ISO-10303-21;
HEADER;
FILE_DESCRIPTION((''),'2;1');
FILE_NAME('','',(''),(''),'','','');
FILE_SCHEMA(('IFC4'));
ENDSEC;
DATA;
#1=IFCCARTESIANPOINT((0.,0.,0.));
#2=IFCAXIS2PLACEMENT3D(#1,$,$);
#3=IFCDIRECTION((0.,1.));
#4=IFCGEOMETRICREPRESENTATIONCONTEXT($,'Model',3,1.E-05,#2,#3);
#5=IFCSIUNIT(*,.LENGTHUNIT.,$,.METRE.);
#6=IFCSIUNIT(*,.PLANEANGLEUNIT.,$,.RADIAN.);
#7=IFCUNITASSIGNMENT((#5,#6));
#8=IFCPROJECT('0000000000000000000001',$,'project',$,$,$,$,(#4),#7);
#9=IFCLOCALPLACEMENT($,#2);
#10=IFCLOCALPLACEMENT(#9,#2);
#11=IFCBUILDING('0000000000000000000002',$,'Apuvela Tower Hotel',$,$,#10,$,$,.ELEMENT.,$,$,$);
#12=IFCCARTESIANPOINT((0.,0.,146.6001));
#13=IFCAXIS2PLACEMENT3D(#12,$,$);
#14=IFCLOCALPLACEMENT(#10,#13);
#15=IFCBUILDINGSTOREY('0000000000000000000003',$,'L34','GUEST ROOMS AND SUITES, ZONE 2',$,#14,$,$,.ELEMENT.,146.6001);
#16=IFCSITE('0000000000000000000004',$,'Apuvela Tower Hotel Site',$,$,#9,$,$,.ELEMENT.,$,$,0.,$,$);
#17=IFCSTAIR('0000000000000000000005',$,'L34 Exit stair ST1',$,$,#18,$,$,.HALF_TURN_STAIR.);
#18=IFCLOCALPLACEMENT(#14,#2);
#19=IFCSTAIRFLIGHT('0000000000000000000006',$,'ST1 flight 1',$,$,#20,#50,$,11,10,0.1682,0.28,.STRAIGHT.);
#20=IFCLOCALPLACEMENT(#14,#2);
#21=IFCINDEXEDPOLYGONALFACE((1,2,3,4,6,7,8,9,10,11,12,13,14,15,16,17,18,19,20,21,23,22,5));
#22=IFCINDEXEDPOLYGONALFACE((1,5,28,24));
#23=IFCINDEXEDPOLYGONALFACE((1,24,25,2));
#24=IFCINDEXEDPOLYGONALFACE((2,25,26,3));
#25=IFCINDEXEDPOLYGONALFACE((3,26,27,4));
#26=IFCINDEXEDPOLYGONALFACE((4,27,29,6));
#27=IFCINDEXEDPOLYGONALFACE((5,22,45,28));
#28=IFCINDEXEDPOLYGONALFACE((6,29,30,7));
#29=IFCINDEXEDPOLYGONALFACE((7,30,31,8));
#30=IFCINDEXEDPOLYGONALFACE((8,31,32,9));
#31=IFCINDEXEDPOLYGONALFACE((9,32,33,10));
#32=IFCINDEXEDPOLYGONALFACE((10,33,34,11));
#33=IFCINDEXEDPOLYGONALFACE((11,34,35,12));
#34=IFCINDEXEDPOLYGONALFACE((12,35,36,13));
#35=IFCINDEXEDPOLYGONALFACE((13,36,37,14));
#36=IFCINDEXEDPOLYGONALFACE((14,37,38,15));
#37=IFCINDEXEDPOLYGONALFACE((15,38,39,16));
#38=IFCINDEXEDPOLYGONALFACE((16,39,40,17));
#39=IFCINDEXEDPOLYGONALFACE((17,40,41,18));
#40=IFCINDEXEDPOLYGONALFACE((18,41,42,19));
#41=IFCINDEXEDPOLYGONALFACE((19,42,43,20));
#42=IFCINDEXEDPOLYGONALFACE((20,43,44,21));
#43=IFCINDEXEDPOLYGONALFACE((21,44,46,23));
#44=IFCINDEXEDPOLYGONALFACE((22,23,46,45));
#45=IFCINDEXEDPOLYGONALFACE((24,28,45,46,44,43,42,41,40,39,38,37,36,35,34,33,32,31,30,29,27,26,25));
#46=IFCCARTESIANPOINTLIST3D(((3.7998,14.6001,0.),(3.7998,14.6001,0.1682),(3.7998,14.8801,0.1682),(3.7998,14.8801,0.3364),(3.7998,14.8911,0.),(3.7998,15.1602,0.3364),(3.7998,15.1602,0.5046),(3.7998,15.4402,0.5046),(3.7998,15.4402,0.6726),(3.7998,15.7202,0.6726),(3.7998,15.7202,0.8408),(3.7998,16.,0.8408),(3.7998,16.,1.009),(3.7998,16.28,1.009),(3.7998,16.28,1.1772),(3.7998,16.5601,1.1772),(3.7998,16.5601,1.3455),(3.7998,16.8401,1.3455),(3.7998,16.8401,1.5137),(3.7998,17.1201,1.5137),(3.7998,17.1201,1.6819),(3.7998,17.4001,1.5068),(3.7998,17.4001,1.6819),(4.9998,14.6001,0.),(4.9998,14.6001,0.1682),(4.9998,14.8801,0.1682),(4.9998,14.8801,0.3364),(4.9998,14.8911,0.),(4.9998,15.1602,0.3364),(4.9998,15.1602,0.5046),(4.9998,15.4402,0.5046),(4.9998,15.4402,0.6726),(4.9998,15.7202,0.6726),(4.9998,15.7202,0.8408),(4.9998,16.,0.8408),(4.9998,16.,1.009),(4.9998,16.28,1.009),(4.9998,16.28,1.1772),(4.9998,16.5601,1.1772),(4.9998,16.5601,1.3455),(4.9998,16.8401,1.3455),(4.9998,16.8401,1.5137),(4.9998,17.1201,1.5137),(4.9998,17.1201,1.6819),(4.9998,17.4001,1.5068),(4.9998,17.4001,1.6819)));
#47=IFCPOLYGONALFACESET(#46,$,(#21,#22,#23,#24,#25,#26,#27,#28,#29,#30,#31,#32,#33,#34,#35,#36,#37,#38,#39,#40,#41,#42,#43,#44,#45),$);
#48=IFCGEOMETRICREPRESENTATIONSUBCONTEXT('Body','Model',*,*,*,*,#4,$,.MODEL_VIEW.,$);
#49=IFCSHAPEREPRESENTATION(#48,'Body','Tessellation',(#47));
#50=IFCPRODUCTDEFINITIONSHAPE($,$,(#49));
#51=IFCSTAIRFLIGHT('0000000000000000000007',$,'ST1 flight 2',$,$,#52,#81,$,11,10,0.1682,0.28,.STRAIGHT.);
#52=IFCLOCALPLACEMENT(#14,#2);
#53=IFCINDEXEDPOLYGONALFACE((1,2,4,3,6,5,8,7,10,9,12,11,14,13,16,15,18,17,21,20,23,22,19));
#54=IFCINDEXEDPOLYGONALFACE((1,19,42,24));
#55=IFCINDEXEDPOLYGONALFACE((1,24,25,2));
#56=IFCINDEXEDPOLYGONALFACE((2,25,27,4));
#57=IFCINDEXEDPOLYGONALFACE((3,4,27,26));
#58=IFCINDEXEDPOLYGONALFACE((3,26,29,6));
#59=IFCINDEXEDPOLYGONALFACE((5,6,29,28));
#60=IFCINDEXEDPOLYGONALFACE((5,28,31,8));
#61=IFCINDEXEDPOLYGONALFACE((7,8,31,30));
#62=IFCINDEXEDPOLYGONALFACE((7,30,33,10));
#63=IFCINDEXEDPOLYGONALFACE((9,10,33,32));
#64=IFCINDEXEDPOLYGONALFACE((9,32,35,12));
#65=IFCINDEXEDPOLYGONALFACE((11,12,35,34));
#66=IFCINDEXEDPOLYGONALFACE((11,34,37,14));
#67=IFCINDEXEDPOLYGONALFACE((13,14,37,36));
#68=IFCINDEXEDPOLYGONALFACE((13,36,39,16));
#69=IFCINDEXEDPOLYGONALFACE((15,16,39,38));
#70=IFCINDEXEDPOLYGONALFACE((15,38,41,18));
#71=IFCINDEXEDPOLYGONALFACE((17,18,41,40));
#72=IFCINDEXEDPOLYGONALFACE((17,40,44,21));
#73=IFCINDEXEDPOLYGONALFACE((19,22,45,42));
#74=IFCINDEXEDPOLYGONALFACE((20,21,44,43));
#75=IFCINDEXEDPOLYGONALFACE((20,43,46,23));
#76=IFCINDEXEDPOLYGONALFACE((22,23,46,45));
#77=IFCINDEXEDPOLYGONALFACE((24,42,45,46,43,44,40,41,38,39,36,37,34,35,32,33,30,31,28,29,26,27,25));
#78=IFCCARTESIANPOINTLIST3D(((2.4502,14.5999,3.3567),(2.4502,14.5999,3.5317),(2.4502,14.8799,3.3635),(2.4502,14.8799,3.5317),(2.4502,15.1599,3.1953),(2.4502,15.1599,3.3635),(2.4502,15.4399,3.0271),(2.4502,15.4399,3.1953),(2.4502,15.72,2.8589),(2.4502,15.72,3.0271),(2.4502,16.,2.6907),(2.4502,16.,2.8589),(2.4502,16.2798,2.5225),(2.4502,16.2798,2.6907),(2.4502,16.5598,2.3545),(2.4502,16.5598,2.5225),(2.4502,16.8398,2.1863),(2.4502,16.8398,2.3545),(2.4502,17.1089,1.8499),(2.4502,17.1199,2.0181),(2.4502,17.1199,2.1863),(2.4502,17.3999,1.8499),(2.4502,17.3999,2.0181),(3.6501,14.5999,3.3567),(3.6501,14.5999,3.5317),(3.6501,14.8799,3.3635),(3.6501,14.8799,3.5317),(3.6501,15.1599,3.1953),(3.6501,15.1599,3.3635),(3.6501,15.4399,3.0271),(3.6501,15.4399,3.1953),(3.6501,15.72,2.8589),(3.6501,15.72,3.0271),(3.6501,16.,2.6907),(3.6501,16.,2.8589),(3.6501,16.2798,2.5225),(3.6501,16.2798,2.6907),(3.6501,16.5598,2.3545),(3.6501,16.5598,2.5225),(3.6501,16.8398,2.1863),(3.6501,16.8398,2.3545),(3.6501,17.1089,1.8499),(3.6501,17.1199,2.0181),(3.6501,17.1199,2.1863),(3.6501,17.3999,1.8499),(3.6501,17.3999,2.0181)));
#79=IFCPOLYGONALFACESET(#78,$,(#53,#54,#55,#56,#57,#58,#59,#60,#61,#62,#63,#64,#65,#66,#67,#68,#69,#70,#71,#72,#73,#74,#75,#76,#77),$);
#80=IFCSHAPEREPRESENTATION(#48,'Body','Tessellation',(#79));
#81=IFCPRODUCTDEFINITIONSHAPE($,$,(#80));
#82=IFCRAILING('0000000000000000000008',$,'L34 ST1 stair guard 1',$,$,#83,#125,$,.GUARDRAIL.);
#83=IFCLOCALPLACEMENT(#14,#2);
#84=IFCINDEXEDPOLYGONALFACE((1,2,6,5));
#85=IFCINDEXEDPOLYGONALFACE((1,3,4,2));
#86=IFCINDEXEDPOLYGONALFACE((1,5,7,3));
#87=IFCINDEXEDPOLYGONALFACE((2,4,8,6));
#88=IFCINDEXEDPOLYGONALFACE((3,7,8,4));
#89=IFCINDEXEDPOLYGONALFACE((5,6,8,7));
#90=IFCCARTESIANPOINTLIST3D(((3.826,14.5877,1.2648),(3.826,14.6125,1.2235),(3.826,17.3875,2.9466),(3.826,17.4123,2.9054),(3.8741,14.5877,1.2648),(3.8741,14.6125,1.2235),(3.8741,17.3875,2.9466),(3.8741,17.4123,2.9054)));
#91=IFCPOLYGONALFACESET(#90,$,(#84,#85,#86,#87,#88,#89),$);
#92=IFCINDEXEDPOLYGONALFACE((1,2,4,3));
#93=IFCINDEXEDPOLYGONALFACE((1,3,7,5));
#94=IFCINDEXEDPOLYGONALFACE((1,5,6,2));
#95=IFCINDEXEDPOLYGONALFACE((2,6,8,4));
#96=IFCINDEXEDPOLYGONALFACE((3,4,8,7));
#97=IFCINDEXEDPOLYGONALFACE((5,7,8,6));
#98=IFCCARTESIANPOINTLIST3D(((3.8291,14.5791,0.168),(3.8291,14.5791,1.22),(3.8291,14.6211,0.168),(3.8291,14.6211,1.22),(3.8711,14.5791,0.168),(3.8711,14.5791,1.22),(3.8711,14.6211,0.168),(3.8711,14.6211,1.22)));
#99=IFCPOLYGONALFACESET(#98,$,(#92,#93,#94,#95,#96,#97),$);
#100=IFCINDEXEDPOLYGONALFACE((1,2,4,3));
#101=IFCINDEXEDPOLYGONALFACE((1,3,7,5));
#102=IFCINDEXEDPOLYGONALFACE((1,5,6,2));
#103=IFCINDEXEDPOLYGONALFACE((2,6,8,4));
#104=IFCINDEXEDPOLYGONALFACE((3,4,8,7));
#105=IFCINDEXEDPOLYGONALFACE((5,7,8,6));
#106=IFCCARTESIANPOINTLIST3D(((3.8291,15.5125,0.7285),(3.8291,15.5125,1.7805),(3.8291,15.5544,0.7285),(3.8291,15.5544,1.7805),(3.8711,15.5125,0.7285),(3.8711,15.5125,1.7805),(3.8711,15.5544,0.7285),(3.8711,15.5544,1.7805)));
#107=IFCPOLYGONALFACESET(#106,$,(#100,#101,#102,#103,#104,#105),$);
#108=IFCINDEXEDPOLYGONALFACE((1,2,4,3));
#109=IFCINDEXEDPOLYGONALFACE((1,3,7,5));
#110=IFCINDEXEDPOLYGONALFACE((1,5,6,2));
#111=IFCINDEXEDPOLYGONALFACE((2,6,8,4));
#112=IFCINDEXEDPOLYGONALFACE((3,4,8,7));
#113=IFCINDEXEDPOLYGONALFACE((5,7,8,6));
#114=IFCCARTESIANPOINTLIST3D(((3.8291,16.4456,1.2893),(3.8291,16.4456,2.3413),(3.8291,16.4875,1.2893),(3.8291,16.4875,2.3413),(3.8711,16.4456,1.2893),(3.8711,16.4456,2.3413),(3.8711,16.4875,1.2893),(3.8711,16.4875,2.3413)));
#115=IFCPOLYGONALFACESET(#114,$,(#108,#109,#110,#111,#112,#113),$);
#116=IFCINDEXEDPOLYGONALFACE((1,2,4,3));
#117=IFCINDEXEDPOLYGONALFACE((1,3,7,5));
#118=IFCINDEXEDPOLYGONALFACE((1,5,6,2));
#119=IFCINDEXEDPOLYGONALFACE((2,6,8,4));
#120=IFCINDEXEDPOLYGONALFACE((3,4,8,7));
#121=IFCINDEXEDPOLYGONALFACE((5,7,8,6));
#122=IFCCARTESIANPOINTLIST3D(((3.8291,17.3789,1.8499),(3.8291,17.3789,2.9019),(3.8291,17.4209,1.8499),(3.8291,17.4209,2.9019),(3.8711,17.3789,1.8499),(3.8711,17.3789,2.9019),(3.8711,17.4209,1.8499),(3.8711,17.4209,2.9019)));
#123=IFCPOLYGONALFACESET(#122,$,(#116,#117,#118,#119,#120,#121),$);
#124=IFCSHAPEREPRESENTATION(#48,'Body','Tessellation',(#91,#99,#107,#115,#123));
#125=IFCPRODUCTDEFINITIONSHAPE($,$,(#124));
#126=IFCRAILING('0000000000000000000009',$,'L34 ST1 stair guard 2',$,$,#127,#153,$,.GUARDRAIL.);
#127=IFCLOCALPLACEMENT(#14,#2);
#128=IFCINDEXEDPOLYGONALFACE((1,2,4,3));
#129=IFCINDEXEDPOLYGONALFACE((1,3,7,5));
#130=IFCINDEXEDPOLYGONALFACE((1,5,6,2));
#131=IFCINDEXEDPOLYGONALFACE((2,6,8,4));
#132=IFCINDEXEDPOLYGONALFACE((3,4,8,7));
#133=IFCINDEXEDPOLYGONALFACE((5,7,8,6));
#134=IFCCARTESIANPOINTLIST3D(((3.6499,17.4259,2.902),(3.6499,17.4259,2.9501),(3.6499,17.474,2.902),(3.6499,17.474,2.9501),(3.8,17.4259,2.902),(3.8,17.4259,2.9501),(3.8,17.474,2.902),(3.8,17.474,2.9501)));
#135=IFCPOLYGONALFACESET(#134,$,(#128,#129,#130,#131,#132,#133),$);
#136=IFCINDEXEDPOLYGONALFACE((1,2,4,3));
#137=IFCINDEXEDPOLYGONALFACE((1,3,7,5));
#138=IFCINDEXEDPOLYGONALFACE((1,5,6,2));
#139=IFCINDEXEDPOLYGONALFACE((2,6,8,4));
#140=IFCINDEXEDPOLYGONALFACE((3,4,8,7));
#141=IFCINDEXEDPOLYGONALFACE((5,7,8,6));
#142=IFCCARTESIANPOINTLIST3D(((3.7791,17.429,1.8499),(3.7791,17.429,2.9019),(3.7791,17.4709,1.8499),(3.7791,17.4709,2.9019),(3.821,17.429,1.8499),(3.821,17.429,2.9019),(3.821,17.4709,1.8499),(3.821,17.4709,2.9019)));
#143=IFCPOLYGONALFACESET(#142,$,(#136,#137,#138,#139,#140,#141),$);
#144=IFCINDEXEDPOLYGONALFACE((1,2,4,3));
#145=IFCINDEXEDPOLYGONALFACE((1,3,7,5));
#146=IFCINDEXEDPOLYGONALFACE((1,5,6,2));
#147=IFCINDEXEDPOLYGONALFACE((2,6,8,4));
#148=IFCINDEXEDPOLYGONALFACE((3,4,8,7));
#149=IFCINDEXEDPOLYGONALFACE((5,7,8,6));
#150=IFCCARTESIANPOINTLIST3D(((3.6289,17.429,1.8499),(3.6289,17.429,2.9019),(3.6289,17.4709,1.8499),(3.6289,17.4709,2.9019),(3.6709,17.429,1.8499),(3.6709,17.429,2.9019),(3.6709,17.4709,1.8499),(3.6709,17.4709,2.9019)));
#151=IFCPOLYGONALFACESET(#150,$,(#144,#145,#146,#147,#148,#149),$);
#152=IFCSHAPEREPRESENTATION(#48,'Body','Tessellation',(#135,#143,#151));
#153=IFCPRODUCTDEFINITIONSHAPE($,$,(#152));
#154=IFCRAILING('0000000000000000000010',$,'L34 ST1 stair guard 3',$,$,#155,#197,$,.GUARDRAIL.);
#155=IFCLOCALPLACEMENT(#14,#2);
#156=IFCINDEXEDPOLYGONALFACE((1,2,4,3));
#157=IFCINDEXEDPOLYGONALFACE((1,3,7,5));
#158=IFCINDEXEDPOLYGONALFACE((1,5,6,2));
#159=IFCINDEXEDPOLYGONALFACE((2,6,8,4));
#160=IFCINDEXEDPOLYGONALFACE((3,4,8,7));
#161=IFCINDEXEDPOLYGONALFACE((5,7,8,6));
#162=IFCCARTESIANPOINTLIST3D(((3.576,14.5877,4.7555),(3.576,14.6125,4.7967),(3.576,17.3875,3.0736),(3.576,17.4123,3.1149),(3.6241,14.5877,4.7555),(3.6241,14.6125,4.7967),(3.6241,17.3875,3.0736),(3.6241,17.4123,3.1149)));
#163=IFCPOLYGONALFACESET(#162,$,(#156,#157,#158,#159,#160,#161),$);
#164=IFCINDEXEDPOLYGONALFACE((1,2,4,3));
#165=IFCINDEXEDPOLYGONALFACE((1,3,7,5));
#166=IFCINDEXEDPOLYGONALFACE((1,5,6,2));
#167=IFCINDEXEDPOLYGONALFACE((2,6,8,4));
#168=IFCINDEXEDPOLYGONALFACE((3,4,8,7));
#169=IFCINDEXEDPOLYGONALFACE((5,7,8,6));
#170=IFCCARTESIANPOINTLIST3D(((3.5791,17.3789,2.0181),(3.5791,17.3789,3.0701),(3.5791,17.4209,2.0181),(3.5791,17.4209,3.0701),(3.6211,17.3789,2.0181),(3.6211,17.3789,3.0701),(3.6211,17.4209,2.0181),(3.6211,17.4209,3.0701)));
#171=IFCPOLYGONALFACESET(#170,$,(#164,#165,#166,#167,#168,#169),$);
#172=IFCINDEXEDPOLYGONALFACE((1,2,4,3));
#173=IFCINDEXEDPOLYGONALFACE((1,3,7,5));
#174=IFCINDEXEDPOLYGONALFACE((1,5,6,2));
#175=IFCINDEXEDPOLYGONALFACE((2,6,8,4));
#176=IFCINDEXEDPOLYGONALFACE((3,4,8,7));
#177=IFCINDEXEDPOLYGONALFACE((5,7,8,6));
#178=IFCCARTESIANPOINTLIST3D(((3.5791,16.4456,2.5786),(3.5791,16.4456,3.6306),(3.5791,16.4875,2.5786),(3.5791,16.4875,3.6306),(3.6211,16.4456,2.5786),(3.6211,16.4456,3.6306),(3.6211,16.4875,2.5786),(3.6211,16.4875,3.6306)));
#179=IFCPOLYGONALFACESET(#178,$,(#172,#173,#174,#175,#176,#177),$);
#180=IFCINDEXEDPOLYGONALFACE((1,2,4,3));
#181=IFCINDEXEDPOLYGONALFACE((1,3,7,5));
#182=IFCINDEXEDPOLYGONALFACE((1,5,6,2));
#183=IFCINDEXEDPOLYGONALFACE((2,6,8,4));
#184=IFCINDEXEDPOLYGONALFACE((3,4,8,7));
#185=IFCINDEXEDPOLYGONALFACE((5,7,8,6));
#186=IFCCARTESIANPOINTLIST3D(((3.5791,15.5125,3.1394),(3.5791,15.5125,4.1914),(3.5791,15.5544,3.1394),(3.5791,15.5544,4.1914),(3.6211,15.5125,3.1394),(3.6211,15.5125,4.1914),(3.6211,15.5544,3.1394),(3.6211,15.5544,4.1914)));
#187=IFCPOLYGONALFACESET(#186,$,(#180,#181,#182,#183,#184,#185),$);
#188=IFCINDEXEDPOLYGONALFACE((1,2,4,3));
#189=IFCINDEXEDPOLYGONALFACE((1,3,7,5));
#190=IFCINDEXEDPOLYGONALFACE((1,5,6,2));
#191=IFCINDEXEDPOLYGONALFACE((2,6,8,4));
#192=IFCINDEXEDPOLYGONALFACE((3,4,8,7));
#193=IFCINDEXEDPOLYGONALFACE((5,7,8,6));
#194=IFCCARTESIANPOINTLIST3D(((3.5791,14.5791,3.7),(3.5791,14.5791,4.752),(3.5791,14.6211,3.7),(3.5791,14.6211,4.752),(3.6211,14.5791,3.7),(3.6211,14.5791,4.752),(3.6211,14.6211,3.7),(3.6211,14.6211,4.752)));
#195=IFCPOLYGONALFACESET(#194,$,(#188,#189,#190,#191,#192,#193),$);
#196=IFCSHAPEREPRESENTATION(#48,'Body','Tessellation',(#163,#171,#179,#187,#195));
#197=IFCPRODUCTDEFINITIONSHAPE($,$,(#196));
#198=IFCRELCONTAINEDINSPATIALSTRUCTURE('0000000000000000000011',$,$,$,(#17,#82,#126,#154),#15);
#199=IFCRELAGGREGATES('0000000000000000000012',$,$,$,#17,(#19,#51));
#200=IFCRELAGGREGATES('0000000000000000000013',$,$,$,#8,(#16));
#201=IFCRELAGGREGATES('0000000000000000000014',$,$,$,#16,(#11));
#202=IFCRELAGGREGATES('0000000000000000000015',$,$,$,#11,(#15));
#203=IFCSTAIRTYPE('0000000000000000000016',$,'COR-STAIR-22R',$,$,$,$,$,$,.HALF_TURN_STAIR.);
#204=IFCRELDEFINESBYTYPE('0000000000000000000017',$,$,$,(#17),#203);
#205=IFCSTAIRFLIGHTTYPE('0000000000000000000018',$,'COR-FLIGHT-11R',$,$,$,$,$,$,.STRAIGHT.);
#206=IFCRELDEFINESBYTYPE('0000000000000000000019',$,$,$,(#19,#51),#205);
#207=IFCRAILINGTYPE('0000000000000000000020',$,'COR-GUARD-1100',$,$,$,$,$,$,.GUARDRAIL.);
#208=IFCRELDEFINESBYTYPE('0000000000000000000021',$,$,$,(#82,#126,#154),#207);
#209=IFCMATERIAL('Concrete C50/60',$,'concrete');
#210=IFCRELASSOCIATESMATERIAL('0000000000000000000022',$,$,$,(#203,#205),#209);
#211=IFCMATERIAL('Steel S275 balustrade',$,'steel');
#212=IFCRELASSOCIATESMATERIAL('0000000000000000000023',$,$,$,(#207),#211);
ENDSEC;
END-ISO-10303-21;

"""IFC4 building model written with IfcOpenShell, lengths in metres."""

from ifc_helpers import new_model, si_unit, direction, frame, origin, origin_2d, place, context, subcontext, project, spatial, polyline, rectangle, outline, extrude, material, type_object, element, aggregate, save


model = new_model("IFC4")

# Units and contexts
model_context = context("Model", 3, precision=1e-05, world=origin(), true_north=direction((0.0, 1.0)))
body_context = subcontext(model_context, "Body", "Model", "MODEL_VIEW")
ifc_project = project(units=[si_unit("LENGTHUNIT", "METRE"), si_unit("PLANEANGLEUNIT", "RADIAN")], contexts=[model_context])

# Site, building, storey
site_placement = place(None, origin())
site = spatial("IfcSite", under=ifc_project, at=site_placement, Name="Apuvela Tower Hotel Site", CompositionType="ELEMENT", RefElevation=0.0)
building_placement = place(site_placement, origin())
building = spatial("IfcBuilding", under=site, at=building_placement, Name="Apuvela Tower Hotel", CompositionType="ELEMENT")
storey_placement = place(building_placement, frame((0.0, 0.0, 146.6001)))
storey = spatial("IfcBuildingStorey", under=building, at=storey_placement, Name="L34", Description="GUEST ROOMS AND SUITES, ZONE 2", CompositionType="ELEMENT", Elevation=146.6001)

# Shared definitions
ifc_material_1 = material(Name="Concrete C50/60", Category="concrete")

# Stair, stair flights
stair_type = type_object("IfcStairType", Name="COR-STAIR-22R", PredefinedType="HALF_TURN_STAIR", material=ifc_material_1)
stair_placement = place(storey_placement, origin())
stair = element("IfcStair", 1, at=stair_placement, inside=storey, type_object=stair_type, Name="L34 Exit stair ST1", PredefinedType="HALF_TURN_STAIR")
stair_flight_type = type_object("IfcStairFlightType", Name="COR-FLIGHT-11R", PredefinedType="STRAIGHT", material=ifc_material_1)
stair_flight_1_placement = place(storey_placement, frame((4.3999, 14.6001, 0.0), z_axis=(0.0, 0.0, 1.0), x_axis=(0.0, 1.0, 0.0)))
stair_flight_1 = element("IfcStairFlight", 2, at=stair_flight_1_placement, type_object=stair_flight_type, Name="ST1 flight 1", NumberOfRisers=11, NumberOfTreads=10, PredefinedType="STRAIGHT", RiserHeight=0.1682, TreadLength=0.28, context=body_context, shape_type="SweptSolid", body=[
    extrude(outline(polyline([(0.0, 0.0), (0.0, 0.1682), (0.28, 0.1682), (0.28, 0.3364), (0.5601, 0.3364), (0.5601, 0.5046), (0.8401, 0.5046), (0.8401, 0.6726), (1.1201, 0.6726), (1.1201, 0.8408), (1.3999, 0.8408), (1.3999, 1.009), (1.6799, 1.009), (1.6799, 1.1772), (1.96, 1.1772), (1.96, 1.3455), (2.24, 1.3455), (2.24, 1.5137), (2.52, 1.5137), (2.52, 1.6819), (2.8, 1.6819), (2.8, 1.8501), (2.8, 1.5068), (0.291, 0.0), (0.0, 0.0)])), frame((0.0, 0.6001, 0.0), z_axis=(0.0, -1.0, 0.0), x_axis=(1.0, 0.0, 0.0)), (0.0, 0.0, 1.0), 1.2),
])
stair_flight_2_placement = place(storey_placement, frame((3.05, 17.3999, 1.8499), z_axis=(0.0, 0.0, 1.0), x_axis=(0.0, -1.0, 0.0)))
stair_flight_2 = element("IfcStairFlight", 3, at=stair_flight_2_placement, type_object=stair_flight_type, Name="ST1 flight 2", NumberOfRisers=11, NumberOfTreads=10, PredefinedType="STRAIGHT", RiserHeight=0.1682, TreadLength=0.28, context=body_context, shape_type="SweptSolid", body=[
    extrude(outline(polyline([(0.0, 0.0), (0.0, 0.1682), (0.28, 0.1682), (0.28, 0.3364), (0.5601, 0.3364), (0.5601, 0.5046), (0.8401, 0.5046), (0.8401, 0.6726), (1.1201, 0.6726), (1.1201, 0.8408), (1.3999, 0.8408), (1.3999, 1.009), (1.6799, 1.009), (1.6799, 1.1772), (1.96, 1.1772), (1.96, 1.3455), (2.24, 1.3455), (2.24, 1.5137), (2.52, 1.5137), (2.52, 1.6819), (2.8, 1.6819), (2.8, 1.8501), (2.8, 1.5068), (0.291, 0.0), (0.0, 0.0)])), frame((0.0, 0.6001, 0.0), z_axis=(0.0, -1.0, 0.0), x_axis=(1.0, 0.0, 0.0)), (0.0, 0.0, 1.0), 1.2),
])
aggregate(stair, [stair_flight_1, stair_flight_2])

# Railings
ifc_material_2 = material(Name="Steel S275 balustrade", Category="steel")
railing_type_1 = type_object("IfcRailingType", Name="COR-GUARD-1100", PredefinedType="GUARDRAIL", material=ifc_material_2)
railing_1_placement = place(storey_placement, frame((3.8501, 14.6001, 0.168)))
element("IfcRailing", 4, at=railing_1_placement, inside=storey, type_object=railing_type_1, Name="L34 ST1 stair guard 1", PredefinedType="GUARDRAIL", context=body_context, shape_type="SweptSolid", body=[
    extrude(rectangle(XDim=0.0481, YDim=0.0481, at=origin_2d()), frame((0.0, 0.0, 1.0762), z_axis=(0.0, 0.857222, 0.514946), x_axis=(-1.0, 0.0, 0.0)), (0.0, 0.0, 1.0), 3.2661),
    extrude(rectangle(XDim=0.042, YDim=0.042, at=origin_2d()), origin(), (0.0, 0.0, 1.0), 1.052),
    extrude(rectangle(XDim=0.042, YDim=0.042, at=origin_2d()), frame((0.0, 0.9333, 0.5605)), (0.0, 0.0, 1.0), 1.052),
    extrude(rectangle(XDim=0.042, YDim=0.042, at=origin_2d()), frame((0.0, 1.8665, 1.1213)), (0.0, 0.0, 1.0), 1.052),
    extrude(rectangle(XDim=0.042, YDim=0.042, at=origin_2d()), frame((0.0, 2.7998, 1.6819)), (0.0, 0.0, 1.0), 1.052),
])
railing_2_placement = place(storey_placement, frame((3.8, 17.45, 1.8499)))
element("IfcRailing", 5, at=railing_2_placement, inside=storey, type_object=railing_type_1, Name="L34 ST1 stair guard 2", PredefinedType="GUARDRAIL", context=body_context, shape_type="SweptSolid", body=[
    extrude(rectangle(XDim=0.0481, YDim=0.0481, at=origin_2d()), frame((0.0, 0.0, 1.0762), z_axis=(-1.0, 0.0, 0.0), x_axis=(0.0, -1.0, 0.0)), (0.0, 0.0, 1.0), 0.1501),
    extrude(rectangle(XDim=0.042, YDim=0.042, at=origin_2d()), origin(), (0.0, 0.0, 1.0), 1.052),
    extrude(rectangle(XDim=0.042, YDim=0.042, at=origin_2d()), frame((-0.1501, 0.0, 0.0)), (0.0, 0.0, 1.0), 1.052),
])
railing_3_placement = place(storey_placement, frame((3.6001, 17.3999, 2.0181)))
element("IfcRailing", 6, at=railing_3_placement, inside=storey, type_object=railing_type_1, Name="L34 ST1 stair guard 3", PredefinedType="GUARDRAIL", context=body_context, shape_type="SweptSolid", body=[
    extrude(rectangle(XDim=0.0481, YDim=0.0481, at=origin_2d()), frame((0.0, 0.0, 1.0762), z_axis=(0.0, -0.857222, 0.514946), x_axis=(1.0, 0.0, 0.0)), (0.0, 0.0, 1.0), 3.2661),
    extrude(rectangle(XDim=0.042, YDim=0.042, at=origin_2d()), origin(), (0.0, 0.0, 1.0), 1.052),
    extrude(rectangle(XDim=0.042, YDim=0.042, at=origin_2d()), frame((0.0, -0.9333, 0.5605)), (0.0, 0.0, 1.0), 1.052),
    extrude(rectangle(XDim=0.042, YDim=0.042, at=origin_2d()), frame((0.0, -1.8665, 1.1213)), (0.0, 0.0, 1.0), 1.052),
    extrude(rectangle(XDim=0.042, YDim=0.042, at=origin_2d()), frame((0.0, -2.7998, 1.6819)), (0.0, 0.0, 1.0), 1.052),
])

save(model, "model.ifc")
